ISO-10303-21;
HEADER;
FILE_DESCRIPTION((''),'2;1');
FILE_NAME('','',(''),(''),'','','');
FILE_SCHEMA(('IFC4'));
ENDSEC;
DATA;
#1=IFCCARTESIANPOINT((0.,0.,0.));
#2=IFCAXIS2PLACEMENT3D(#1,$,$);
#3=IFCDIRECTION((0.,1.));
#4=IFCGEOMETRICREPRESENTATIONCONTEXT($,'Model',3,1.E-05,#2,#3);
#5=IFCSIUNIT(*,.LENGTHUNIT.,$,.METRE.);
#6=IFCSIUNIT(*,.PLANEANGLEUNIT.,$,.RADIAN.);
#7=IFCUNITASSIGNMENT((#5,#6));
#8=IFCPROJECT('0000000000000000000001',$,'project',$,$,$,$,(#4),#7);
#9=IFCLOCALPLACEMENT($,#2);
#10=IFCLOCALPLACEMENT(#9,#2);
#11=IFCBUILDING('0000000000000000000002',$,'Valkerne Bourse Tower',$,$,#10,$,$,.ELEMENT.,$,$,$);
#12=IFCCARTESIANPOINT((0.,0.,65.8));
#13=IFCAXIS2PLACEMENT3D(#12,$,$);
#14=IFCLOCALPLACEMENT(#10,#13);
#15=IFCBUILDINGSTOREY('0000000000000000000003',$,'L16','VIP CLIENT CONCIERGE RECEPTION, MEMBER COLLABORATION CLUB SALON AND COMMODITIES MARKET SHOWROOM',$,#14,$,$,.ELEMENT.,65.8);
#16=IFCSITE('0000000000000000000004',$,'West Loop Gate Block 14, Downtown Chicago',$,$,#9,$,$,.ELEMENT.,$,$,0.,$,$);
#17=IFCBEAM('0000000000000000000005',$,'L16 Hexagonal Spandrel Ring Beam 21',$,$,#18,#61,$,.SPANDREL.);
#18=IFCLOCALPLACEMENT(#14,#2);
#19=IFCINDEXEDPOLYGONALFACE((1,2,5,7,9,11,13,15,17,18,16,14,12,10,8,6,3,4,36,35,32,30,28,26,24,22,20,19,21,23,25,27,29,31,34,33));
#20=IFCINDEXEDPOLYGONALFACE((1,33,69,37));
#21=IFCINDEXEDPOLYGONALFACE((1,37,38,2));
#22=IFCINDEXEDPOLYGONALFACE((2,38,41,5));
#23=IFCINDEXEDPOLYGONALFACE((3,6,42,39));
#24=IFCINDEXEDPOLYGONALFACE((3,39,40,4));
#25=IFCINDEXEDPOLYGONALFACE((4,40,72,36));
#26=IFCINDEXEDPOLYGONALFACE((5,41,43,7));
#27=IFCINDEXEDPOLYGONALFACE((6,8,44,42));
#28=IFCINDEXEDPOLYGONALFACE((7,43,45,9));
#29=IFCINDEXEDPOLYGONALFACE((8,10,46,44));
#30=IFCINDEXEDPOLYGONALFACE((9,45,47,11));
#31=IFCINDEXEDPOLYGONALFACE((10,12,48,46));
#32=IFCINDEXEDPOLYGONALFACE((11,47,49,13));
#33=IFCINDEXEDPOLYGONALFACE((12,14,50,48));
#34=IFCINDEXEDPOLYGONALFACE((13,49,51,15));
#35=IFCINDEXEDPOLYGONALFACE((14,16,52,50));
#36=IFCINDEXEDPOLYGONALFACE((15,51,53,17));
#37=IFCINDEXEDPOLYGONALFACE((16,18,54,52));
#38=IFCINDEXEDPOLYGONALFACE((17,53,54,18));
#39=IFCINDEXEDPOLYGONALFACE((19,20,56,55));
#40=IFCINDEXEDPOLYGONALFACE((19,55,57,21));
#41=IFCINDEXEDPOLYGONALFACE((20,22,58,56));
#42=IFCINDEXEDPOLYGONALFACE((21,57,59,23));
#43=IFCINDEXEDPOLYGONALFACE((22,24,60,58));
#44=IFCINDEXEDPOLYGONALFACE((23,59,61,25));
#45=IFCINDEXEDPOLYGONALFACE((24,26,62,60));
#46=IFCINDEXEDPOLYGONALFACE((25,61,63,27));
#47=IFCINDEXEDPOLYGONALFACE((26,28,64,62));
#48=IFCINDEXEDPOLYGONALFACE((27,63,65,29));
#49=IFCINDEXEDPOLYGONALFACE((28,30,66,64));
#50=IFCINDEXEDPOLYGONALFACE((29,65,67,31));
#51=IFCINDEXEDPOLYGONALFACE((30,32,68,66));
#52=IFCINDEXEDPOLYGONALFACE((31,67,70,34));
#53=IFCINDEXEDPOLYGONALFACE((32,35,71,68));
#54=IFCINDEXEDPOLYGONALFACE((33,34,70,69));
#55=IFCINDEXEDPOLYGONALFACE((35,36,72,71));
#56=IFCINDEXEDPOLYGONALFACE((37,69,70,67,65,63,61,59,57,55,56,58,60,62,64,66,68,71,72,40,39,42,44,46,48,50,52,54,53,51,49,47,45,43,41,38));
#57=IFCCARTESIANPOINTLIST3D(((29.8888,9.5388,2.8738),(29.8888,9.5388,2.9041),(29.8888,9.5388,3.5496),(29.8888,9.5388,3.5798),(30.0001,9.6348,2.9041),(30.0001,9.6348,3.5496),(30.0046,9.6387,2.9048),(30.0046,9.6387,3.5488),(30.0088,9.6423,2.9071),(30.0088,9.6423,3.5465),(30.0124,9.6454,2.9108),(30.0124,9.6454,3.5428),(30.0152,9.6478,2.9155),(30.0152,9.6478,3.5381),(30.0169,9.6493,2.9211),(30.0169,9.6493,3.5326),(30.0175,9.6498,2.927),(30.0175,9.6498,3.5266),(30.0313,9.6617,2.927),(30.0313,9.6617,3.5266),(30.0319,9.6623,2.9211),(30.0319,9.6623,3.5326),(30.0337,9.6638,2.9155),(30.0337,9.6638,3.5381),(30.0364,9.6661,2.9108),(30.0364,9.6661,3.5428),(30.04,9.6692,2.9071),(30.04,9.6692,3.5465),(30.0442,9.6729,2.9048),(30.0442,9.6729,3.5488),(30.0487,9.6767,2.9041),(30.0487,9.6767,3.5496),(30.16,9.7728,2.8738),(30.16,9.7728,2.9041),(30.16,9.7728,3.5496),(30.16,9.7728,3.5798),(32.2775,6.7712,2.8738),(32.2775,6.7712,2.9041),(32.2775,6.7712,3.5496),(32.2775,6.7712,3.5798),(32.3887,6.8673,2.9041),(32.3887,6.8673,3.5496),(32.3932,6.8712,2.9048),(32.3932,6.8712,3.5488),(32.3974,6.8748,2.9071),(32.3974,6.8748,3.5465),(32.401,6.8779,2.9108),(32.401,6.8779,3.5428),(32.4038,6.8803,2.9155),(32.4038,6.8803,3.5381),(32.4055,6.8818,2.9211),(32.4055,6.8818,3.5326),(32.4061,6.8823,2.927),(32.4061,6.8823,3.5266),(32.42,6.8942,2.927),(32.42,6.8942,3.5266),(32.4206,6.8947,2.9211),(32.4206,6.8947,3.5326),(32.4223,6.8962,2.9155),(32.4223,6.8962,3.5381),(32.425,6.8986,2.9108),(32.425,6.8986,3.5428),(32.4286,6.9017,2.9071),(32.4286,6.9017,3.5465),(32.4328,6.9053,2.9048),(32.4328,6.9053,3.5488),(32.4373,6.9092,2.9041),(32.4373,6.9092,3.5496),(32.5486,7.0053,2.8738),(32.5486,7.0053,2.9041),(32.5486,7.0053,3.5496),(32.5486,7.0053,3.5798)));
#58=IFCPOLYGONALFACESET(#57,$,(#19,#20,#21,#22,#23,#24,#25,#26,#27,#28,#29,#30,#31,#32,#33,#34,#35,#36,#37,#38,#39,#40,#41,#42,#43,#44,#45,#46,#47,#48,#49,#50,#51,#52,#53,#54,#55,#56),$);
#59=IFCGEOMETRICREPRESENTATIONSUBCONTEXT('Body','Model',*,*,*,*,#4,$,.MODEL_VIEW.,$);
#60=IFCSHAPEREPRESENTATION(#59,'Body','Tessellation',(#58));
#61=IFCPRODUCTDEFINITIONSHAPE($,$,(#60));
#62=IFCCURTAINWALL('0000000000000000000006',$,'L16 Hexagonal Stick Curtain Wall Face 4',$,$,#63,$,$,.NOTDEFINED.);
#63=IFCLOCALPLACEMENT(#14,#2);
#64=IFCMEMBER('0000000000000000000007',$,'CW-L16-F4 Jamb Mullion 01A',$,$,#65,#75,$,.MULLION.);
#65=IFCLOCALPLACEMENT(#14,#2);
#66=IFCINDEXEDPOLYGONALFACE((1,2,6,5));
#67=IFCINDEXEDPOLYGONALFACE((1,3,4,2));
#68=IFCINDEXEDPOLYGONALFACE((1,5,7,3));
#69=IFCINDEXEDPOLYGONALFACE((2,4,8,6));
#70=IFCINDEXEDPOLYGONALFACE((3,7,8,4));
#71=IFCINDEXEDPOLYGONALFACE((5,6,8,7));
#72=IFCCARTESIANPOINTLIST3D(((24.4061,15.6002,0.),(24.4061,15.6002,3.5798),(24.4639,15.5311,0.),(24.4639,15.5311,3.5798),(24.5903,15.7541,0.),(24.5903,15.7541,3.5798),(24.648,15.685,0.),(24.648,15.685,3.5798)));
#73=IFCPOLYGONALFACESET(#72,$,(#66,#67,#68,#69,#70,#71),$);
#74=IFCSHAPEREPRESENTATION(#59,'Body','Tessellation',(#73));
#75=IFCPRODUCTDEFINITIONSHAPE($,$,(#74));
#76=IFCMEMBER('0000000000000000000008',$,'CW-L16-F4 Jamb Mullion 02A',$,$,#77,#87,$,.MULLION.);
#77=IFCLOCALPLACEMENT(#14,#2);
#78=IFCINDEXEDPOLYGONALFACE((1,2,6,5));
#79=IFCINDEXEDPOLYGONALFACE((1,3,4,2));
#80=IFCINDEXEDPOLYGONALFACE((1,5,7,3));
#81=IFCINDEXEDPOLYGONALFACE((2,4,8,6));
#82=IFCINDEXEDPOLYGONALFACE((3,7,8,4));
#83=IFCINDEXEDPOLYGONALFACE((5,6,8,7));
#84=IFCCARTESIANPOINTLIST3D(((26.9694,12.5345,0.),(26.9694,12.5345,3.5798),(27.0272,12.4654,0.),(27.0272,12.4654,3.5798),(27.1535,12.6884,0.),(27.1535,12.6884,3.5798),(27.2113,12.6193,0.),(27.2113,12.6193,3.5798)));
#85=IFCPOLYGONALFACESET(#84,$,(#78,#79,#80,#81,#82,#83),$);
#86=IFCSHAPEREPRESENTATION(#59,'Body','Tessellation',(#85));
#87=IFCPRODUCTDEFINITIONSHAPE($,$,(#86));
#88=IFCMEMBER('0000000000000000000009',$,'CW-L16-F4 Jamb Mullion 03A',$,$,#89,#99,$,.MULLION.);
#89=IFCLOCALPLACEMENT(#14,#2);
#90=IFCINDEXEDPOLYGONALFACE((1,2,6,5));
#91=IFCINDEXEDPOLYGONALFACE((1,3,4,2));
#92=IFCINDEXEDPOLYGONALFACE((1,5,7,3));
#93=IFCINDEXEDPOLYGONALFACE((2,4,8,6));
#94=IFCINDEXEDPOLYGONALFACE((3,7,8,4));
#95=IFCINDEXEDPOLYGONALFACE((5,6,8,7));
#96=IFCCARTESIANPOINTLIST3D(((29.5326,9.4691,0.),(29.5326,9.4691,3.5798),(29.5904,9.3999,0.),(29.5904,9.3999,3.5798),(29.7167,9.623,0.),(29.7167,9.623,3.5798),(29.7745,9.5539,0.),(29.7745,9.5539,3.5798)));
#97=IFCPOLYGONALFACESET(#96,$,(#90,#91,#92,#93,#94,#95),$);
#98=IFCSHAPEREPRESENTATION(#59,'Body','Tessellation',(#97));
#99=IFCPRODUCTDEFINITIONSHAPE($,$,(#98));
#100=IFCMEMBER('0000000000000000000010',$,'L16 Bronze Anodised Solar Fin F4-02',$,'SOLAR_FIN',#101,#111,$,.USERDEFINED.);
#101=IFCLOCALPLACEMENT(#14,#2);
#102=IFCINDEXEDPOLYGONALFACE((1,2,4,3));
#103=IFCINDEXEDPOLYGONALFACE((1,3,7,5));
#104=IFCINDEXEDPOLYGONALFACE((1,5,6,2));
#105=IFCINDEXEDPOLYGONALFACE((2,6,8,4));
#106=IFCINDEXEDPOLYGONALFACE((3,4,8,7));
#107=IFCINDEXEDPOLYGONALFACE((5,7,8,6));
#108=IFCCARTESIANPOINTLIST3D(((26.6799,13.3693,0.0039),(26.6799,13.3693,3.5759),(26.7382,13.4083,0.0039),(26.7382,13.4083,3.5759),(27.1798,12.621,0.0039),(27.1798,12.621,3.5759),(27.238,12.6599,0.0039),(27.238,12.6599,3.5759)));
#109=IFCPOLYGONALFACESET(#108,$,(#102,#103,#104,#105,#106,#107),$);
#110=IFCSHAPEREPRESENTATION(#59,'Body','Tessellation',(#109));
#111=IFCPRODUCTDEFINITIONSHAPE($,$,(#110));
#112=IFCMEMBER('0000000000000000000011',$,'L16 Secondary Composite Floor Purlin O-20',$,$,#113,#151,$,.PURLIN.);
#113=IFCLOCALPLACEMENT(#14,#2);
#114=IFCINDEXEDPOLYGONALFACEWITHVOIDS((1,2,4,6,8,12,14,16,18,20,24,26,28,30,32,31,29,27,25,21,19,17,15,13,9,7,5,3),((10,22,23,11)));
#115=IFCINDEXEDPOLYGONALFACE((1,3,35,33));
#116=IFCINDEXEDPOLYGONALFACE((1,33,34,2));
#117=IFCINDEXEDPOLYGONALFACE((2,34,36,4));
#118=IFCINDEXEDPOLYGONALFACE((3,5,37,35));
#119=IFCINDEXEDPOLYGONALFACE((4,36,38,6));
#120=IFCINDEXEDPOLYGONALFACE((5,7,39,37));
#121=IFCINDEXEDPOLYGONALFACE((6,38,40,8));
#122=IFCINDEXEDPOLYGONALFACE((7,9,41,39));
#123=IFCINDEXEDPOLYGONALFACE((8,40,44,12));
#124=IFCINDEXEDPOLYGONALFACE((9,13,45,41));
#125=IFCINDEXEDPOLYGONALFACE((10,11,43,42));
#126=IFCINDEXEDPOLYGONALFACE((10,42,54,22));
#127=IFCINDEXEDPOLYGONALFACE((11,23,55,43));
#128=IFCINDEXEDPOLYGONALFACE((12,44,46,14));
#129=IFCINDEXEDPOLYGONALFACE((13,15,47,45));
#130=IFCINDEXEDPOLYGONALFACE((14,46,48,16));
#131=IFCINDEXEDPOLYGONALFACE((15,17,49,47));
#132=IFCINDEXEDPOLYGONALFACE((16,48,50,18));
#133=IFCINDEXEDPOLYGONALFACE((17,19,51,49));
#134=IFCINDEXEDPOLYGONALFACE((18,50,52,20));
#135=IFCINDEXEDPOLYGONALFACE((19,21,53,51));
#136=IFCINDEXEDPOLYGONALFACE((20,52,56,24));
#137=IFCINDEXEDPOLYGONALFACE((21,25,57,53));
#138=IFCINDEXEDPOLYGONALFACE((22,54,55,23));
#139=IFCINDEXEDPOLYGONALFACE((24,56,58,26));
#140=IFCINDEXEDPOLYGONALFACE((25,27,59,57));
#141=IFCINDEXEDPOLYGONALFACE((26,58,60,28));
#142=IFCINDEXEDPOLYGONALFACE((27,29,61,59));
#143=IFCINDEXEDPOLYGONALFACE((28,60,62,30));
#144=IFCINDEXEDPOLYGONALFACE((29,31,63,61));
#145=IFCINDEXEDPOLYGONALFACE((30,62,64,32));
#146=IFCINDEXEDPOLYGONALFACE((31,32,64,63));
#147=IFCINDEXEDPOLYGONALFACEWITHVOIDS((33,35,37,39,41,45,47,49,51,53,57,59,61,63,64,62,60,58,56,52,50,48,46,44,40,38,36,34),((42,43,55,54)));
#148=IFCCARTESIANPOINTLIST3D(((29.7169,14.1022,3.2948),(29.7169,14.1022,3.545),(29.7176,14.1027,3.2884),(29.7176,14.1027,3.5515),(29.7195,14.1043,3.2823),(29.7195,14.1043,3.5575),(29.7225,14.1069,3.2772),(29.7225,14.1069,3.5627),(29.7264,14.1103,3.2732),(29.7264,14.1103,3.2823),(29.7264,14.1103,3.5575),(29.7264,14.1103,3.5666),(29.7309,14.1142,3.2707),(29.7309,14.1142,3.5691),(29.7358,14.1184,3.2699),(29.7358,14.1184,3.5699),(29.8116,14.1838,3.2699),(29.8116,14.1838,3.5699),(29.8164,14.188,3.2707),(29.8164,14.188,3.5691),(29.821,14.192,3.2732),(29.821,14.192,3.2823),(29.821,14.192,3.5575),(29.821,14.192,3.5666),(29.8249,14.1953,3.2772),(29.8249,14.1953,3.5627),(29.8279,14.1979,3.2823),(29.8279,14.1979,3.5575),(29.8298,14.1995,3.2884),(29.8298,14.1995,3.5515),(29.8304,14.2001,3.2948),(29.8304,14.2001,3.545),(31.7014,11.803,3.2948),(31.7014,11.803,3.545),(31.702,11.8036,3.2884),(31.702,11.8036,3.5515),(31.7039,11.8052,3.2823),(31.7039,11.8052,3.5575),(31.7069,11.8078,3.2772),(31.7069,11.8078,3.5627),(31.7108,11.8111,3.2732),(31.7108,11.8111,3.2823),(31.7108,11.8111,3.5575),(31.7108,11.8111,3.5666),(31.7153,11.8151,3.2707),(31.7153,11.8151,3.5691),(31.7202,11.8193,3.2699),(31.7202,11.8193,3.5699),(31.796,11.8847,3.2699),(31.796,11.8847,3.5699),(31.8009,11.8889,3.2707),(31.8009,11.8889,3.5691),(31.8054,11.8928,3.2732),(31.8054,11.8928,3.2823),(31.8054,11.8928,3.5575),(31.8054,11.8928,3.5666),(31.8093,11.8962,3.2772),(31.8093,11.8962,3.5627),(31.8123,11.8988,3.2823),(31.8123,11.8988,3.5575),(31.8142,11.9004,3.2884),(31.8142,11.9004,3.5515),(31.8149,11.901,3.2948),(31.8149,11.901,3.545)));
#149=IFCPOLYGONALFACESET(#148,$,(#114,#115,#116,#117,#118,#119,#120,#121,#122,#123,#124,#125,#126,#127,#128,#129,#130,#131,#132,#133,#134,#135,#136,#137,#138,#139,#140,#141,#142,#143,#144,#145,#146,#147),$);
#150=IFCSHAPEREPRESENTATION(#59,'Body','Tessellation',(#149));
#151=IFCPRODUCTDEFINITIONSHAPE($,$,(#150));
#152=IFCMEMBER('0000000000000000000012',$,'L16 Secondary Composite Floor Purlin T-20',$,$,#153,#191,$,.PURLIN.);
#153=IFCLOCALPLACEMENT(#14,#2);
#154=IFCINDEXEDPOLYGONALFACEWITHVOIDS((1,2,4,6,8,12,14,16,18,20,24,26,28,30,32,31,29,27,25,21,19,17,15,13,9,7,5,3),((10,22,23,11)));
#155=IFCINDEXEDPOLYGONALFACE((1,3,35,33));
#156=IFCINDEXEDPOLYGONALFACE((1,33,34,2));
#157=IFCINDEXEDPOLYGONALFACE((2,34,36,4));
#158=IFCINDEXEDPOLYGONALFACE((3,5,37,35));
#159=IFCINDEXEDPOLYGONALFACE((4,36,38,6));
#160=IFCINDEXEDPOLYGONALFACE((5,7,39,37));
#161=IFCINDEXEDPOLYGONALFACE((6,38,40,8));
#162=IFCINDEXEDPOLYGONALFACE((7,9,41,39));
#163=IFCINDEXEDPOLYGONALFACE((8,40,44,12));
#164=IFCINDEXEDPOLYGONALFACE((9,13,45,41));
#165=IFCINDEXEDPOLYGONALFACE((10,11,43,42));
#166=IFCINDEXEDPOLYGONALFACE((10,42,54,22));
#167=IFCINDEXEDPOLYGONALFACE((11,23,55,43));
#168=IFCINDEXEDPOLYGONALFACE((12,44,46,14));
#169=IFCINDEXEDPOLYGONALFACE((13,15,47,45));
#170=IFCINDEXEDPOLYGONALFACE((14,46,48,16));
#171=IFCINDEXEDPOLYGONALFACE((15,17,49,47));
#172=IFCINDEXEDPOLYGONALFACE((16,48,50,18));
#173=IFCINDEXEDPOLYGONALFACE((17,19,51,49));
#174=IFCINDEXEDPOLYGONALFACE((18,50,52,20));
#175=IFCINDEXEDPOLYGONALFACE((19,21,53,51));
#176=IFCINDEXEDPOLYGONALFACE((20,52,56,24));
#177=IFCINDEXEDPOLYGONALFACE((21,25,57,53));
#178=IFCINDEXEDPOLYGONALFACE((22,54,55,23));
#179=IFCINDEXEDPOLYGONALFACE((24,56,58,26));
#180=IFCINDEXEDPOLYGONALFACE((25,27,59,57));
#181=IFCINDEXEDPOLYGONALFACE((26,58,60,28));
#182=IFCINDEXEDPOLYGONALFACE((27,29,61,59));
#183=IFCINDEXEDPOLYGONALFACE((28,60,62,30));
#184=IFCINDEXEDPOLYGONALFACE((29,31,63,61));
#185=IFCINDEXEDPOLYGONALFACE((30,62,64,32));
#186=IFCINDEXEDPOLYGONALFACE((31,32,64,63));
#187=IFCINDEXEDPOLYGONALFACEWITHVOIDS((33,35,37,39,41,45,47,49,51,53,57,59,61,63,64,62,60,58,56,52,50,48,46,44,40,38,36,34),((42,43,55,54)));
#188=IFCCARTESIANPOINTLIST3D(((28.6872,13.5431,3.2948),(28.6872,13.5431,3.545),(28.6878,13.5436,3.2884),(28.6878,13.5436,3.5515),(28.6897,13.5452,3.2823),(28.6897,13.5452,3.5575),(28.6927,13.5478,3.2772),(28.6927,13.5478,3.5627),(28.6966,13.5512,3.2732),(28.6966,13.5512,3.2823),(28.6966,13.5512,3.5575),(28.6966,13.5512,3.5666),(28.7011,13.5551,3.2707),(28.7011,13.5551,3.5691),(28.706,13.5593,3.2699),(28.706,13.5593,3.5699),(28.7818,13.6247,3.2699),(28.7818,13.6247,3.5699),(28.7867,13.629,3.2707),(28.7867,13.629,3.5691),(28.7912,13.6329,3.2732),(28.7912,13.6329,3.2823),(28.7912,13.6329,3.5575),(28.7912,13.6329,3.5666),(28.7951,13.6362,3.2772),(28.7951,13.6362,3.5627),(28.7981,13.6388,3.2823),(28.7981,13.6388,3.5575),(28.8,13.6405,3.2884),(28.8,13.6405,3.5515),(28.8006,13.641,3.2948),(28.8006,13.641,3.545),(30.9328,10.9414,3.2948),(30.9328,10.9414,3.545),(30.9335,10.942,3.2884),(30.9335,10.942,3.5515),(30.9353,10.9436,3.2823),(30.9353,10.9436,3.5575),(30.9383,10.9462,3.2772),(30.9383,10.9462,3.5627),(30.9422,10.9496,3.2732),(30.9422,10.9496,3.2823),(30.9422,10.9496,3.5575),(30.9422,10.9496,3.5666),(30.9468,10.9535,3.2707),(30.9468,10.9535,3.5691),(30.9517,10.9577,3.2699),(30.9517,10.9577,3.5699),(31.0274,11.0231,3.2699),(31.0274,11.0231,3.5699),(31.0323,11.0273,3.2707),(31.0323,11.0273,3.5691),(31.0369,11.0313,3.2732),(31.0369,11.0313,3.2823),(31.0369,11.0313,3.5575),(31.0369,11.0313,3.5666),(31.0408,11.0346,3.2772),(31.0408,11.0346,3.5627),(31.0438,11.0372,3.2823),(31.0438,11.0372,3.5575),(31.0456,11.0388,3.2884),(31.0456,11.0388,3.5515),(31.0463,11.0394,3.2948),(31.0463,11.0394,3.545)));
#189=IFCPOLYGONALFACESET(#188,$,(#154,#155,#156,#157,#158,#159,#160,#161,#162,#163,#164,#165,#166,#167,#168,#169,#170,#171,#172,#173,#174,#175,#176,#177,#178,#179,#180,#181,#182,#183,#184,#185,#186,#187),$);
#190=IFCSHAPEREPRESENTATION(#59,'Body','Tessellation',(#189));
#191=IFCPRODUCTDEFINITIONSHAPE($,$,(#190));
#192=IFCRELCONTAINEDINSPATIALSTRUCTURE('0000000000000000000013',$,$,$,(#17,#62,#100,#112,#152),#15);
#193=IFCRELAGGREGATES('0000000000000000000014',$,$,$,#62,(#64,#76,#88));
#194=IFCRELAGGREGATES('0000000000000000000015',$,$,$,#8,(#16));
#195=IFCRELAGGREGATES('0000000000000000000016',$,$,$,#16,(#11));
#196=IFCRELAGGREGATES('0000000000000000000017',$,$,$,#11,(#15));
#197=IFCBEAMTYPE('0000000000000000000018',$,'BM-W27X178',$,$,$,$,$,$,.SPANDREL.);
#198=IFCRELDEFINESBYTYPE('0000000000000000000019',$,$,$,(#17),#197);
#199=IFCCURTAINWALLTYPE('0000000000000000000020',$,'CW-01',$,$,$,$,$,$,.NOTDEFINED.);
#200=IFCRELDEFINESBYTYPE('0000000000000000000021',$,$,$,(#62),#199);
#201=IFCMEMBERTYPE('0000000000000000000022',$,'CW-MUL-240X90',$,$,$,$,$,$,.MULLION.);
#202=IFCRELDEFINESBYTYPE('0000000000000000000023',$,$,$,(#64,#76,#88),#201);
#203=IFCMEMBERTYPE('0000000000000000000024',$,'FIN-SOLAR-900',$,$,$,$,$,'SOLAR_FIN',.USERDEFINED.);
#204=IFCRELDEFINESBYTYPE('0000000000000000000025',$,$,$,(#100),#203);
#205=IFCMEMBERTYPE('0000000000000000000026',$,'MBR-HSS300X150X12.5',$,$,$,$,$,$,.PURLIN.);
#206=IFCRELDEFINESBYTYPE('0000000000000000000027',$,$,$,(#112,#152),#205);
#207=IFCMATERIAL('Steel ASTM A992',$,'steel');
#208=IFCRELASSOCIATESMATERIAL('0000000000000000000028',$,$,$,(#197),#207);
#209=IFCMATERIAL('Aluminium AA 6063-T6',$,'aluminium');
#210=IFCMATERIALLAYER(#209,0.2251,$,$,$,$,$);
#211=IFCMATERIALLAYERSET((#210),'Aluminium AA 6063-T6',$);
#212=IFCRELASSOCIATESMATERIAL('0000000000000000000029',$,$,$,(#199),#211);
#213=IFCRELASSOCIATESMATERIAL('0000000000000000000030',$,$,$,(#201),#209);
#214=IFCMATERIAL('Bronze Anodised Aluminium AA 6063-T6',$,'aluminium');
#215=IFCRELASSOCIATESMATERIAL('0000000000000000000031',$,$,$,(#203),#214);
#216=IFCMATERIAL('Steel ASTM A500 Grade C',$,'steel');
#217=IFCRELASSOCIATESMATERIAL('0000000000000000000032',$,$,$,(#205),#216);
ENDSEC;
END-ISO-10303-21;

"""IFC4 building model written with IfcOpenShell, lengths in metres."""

from ifc_helpers import new_model, si_unit, direction, frame, origin, origin_2d, place, context, subcontext, project, spatial, rectangle, hollow_rectangle, i_section, extrude, material, layer, layer_set, material_profile, profile_set, type_object, element, aggregate, save


model = new_model("IFC4")

# Units and contexts
model_context = context("Model", 3, precision=1e-05, world=origin(), true_north=direction((0.0, 1.0)))
body_context = subcontext(model_context, "Body", "Model", "MODEL_VIEW")
ifc_project = project(units=[si_unit("LENGTHUNIT", "METRE"), si_unit("PLANEANGLEUNIT", "RADIAN")], contexts=[model_context])

# Site, building, storey
site_placement = place(None, origin())
site = spatial("IfcSite", under=ifc_project, at=site_placement, Name="West Loop Gate Block 14, Downtown Chicago", CompositionType="ELEMENT", RefElevation=0.0)
building_placement = place(site_placement, origin())
building = spatial("IfcBuilding", under=site, at=building_placement, Name="Valkerne Bourse Tower", CompositionType="ELEMENT")
storey_placement = place(building_placement, frame((0.0, 0.0, 65.8)))
storey = spatial("IfcBuildingStorey", under=building, at=storey_placement, Name="L16", Description="VIP CLIENT CONCIERGE RECEPTION, MEMBER COLLABORATION CLUB SALON AND COMMODITIES MARKET SHOWROOM", CompositionType="ELEMENT", Elevation=65.8)

# Beam
ifc_material_1 = material(Name="Steel ASTM A992", Category="steel")
ifc_material_profile_1 = material_profile(ifc_material_1, i_section(OverallWidth=0.3582, OverallDepth=0.7061, WebThickness=0.0183, FlangeThickness=0.0303, FilletRadius=0.0229, at=origin_2d()), Name="W27X178")
ifc_profile_set_1 = profile_set([ifc_material_profile_1], Name="Steel ASTM A992")
beam_type_1 = type_object("IfcBeamType", Name="BM-W27X178", PredefinedType="SPANDREL", material=ifc_profile_set_1)
beam_1_placement = place(storey_placement, frame((30.0244, 9.6558, 3.2268), z_axis=(0.653383, -0.757027, 0.0), x_axis=(0.757027, 0.653383, 0.0)))
element("IfcBeam", 1, at=beam_1_placement, inside=storey, type_object=beam_type_1, Name="L16 Hexagonal Spandrel Ring Beam 21", PredefinedType="SPANDREL", context=body_context, shape_type="SweptSolid", body=[
    extrude(i_section(OverallWidth=0.3582, OverallDepth=0.7061, WebThickness=0.0183, FlangeThickness=0.0303, FilletRadius=0.0229, at=origin_2d()), origin(), (0.0, 0.0, 1.0), 3.6558),
])

# Curtain wall, members
ifc_material_2 = material(Name="Aluminium AA 6063-T6", Category="aluminium")
ifc_layer_1 = layer(ifc_material_2, 0.2251)
ifc_layer_set_1 = layer_set([ifc_layer_1], Name="Aluminium AA 6063-T6")
curtain_wall_type = type_object("IfcCurtainWallType", Name="CW-01", PredefinedType="NOTDEFINED", material=ifc_layer_set_1)
curtain_wall_placement = place(storey_placement, origin())
curtain_wall = element("IfcCurtainWall", 2, at=curtain_wall_placement, inside=storey, type_object=curtain_wall_type, Name="L16 Hexagonal Stick Curtain Wall Face 4", PredefinedType="NOTDEFINED")
ifc_material_profile_2 = material_profile(ifc_material_2, rectangle(XDim=0.0901, YDim=0.24, at=origin_2d()), Name="CWM-90X240")
ifc_profile_set_2 = profile_set([ifc_material_profile_2], Name="Aluminium AA 6063-T6")
member_type_1 = type_object("IfcMemberType", Name="CW-MUL-240X90", PredefinedType="MULLION", material=ifc_profile_set_2)
member_1_placement = place(storey_placement, frame((24.5271, 15.6426, 0.0), z_axis=(0.0, 0.0, 1.0), x_axis=(0.641444, -0.76717, 0.0)))
member_1 = element("IfcMember", 3, at=member_1_placement, type_object=member_type_1, Name="CW-L16-F4 Jamb Mullion 01A", PredefinedType="MULLION", context=body_context, shape_type="SweptSolid", body=[
    extrude(rectangle(XDim=0.0901, YDim=0.24, at=origin_2d()), origin(), (0.0, 0.0, 1.0), 3.5798),
])
member_2_placement = place(storey_placement, frame((27.0903, 12.5769, 0.0), z_axis=(0.0, 0.0, 1.0), x_axis=(0.641456, -0.76716, 0.0)))
member_2 = element("IfcMember", 4, at=member_2_placement, type_object=member_type_1, Name="CW-L16-F4 Jamb Mullion 02A", PredefinedType="MULLION", context=body_context, shape_type="SweptSolid", body=[
    extrude(rectangle(XDim=0.0901, YDim=0.24, at=origin_2d()), origin(), (0.0, 0.0, 1.0), 3.5798),
])
member_3_placement = place(storey_placement, frame((29.6536, 9.5115, 0.0), z_axis=(0.0, 0.0, 1.0), x_axis=(0.641459, -0.767158, 0.0)))
member_3 = element("IfcMember", 5, at=member_3_placement, type_object=member_type_1, Name="CW-L16-F4 Jamb Mullion 03A", PredefinedType="MULLION", context=body_context, shape_type="SweptSolid", body=[
    extrude(rectangle(XDim=0.0901, YDim=0.24, at=origin_2d()), origin(), (0.0, 0.0, 1.0), 3.5798),
])

# Members
ifc_material_3 = material(Name="Bronze Anodised Aluminium AA 6063-T6", Category="aluminium")
ifc_material_profile_3 = material_profile(ifc_material_3, rectangle(XDim=0.0701, YDim=0.8999, at=origin_2d()), Name="FIN-70X900")
ifc_profile_set_3 = profile_set([ifc_material_profile_3], Name="Bronze Anodised Aluminium AA 6063-T6")
member_type_2 = type_object("IfcMemberType", Name="FIN-SOLAR-900", ElementType="SOLAR_FIN", PredefinedType="USERDEFINED", material=ifc_profile_set_3)
member_4_placement = place(storey_placement, frame((26.959, 13.0146, 0.0039), z_axis=(0.0, 0.0, 1.0), x_axis=(-0.831553, -0.555446, 0.0)))
element("IfcMember", 6, at=member_4_placement, inside=storey, type_object=member_type_2, Name="L16 Bronze Anodised Solar Fin F4-02", ObjectType="SOLAR_FIN", PredefinedType="USERDEFINED", context=body_context, shape_type="SweptSolid", body=[
    extrude(rectangle(XDim=0.0701, YDim=0.8999, at=origin_2d()), origin(), (0.0, 0.0, 1.0), 3.572),
])
ifc_material_4 = material(Name="Steel ASTM A500 Grade C", Category="steel")
ifc_material_profile_4 = material_profile(ifc_material_4, hollow_rectangle(XDim=0.1499, YDim=0.3, WallThickness=0.0125, OuterFilletRadius=0.0249, at=origin_2d()), Name="HSS300X150X12.5")
ifc_profile_set_4 = profile_set([ifc_material_profile_4], Name="Steel ASTM A500 Grade C")
member_type_3 = type_object("IfcMemberType", Name="MBR-HSS300X150X12.5", PredefinedType="PURLIN", material=ifc_profile_set_4)
member_5_placement = place(storey_placement, frame((29.7737, 14.1511, 3.4199), z_axis=(0.653396, -0.757016, 0.0), x_axis=(0.757016, 0.653396, 0.0)))
element("IfcMember", 7, at=member_5_placement, inside=storey, type_object=member_type_3, Name="L16 Secondary Composite Floor Purlin O-20", PredefinedType="PURLIN", context=body_context, shape_type="SweptSolid", body=[
    extrude(hollow_rectangle(XDim=0.1499, YDim=0.3, WallThickness=0.0125, OuterFilletRadius=0.0249, at=origin_2d()), origin(), (0.0, 0.0, 1.0), 3.0371),
])
member_6_placement = place(storey_placement, frame((28.7439, 13.592, 3.4199), z_axis=(0.65342, -0.756995, 0.0), x_axis=(0.756995, 0.65342, 0.0)))
element("IfcMember", 8, at=member_6_placement, inside=storey, type_object=member_type_3, Name="L16 Secondary Composite Floor Purlin T-20", PredefinedType="PURLIN", context=body_context, shape_type="SweptSolid", body=[
    extrude(hollow_rectangle(XDim=0.1499, YDim=0.3, WallThickness=0.0125, OuterFilletRadius=0.0249, at=origin_2d()), origin(), (0.0, 0.0, 1.0), 3.4368),
])

aggregate(curtain_wall, [member_1, member_2, member_3])

save(model, "model.ifc")
